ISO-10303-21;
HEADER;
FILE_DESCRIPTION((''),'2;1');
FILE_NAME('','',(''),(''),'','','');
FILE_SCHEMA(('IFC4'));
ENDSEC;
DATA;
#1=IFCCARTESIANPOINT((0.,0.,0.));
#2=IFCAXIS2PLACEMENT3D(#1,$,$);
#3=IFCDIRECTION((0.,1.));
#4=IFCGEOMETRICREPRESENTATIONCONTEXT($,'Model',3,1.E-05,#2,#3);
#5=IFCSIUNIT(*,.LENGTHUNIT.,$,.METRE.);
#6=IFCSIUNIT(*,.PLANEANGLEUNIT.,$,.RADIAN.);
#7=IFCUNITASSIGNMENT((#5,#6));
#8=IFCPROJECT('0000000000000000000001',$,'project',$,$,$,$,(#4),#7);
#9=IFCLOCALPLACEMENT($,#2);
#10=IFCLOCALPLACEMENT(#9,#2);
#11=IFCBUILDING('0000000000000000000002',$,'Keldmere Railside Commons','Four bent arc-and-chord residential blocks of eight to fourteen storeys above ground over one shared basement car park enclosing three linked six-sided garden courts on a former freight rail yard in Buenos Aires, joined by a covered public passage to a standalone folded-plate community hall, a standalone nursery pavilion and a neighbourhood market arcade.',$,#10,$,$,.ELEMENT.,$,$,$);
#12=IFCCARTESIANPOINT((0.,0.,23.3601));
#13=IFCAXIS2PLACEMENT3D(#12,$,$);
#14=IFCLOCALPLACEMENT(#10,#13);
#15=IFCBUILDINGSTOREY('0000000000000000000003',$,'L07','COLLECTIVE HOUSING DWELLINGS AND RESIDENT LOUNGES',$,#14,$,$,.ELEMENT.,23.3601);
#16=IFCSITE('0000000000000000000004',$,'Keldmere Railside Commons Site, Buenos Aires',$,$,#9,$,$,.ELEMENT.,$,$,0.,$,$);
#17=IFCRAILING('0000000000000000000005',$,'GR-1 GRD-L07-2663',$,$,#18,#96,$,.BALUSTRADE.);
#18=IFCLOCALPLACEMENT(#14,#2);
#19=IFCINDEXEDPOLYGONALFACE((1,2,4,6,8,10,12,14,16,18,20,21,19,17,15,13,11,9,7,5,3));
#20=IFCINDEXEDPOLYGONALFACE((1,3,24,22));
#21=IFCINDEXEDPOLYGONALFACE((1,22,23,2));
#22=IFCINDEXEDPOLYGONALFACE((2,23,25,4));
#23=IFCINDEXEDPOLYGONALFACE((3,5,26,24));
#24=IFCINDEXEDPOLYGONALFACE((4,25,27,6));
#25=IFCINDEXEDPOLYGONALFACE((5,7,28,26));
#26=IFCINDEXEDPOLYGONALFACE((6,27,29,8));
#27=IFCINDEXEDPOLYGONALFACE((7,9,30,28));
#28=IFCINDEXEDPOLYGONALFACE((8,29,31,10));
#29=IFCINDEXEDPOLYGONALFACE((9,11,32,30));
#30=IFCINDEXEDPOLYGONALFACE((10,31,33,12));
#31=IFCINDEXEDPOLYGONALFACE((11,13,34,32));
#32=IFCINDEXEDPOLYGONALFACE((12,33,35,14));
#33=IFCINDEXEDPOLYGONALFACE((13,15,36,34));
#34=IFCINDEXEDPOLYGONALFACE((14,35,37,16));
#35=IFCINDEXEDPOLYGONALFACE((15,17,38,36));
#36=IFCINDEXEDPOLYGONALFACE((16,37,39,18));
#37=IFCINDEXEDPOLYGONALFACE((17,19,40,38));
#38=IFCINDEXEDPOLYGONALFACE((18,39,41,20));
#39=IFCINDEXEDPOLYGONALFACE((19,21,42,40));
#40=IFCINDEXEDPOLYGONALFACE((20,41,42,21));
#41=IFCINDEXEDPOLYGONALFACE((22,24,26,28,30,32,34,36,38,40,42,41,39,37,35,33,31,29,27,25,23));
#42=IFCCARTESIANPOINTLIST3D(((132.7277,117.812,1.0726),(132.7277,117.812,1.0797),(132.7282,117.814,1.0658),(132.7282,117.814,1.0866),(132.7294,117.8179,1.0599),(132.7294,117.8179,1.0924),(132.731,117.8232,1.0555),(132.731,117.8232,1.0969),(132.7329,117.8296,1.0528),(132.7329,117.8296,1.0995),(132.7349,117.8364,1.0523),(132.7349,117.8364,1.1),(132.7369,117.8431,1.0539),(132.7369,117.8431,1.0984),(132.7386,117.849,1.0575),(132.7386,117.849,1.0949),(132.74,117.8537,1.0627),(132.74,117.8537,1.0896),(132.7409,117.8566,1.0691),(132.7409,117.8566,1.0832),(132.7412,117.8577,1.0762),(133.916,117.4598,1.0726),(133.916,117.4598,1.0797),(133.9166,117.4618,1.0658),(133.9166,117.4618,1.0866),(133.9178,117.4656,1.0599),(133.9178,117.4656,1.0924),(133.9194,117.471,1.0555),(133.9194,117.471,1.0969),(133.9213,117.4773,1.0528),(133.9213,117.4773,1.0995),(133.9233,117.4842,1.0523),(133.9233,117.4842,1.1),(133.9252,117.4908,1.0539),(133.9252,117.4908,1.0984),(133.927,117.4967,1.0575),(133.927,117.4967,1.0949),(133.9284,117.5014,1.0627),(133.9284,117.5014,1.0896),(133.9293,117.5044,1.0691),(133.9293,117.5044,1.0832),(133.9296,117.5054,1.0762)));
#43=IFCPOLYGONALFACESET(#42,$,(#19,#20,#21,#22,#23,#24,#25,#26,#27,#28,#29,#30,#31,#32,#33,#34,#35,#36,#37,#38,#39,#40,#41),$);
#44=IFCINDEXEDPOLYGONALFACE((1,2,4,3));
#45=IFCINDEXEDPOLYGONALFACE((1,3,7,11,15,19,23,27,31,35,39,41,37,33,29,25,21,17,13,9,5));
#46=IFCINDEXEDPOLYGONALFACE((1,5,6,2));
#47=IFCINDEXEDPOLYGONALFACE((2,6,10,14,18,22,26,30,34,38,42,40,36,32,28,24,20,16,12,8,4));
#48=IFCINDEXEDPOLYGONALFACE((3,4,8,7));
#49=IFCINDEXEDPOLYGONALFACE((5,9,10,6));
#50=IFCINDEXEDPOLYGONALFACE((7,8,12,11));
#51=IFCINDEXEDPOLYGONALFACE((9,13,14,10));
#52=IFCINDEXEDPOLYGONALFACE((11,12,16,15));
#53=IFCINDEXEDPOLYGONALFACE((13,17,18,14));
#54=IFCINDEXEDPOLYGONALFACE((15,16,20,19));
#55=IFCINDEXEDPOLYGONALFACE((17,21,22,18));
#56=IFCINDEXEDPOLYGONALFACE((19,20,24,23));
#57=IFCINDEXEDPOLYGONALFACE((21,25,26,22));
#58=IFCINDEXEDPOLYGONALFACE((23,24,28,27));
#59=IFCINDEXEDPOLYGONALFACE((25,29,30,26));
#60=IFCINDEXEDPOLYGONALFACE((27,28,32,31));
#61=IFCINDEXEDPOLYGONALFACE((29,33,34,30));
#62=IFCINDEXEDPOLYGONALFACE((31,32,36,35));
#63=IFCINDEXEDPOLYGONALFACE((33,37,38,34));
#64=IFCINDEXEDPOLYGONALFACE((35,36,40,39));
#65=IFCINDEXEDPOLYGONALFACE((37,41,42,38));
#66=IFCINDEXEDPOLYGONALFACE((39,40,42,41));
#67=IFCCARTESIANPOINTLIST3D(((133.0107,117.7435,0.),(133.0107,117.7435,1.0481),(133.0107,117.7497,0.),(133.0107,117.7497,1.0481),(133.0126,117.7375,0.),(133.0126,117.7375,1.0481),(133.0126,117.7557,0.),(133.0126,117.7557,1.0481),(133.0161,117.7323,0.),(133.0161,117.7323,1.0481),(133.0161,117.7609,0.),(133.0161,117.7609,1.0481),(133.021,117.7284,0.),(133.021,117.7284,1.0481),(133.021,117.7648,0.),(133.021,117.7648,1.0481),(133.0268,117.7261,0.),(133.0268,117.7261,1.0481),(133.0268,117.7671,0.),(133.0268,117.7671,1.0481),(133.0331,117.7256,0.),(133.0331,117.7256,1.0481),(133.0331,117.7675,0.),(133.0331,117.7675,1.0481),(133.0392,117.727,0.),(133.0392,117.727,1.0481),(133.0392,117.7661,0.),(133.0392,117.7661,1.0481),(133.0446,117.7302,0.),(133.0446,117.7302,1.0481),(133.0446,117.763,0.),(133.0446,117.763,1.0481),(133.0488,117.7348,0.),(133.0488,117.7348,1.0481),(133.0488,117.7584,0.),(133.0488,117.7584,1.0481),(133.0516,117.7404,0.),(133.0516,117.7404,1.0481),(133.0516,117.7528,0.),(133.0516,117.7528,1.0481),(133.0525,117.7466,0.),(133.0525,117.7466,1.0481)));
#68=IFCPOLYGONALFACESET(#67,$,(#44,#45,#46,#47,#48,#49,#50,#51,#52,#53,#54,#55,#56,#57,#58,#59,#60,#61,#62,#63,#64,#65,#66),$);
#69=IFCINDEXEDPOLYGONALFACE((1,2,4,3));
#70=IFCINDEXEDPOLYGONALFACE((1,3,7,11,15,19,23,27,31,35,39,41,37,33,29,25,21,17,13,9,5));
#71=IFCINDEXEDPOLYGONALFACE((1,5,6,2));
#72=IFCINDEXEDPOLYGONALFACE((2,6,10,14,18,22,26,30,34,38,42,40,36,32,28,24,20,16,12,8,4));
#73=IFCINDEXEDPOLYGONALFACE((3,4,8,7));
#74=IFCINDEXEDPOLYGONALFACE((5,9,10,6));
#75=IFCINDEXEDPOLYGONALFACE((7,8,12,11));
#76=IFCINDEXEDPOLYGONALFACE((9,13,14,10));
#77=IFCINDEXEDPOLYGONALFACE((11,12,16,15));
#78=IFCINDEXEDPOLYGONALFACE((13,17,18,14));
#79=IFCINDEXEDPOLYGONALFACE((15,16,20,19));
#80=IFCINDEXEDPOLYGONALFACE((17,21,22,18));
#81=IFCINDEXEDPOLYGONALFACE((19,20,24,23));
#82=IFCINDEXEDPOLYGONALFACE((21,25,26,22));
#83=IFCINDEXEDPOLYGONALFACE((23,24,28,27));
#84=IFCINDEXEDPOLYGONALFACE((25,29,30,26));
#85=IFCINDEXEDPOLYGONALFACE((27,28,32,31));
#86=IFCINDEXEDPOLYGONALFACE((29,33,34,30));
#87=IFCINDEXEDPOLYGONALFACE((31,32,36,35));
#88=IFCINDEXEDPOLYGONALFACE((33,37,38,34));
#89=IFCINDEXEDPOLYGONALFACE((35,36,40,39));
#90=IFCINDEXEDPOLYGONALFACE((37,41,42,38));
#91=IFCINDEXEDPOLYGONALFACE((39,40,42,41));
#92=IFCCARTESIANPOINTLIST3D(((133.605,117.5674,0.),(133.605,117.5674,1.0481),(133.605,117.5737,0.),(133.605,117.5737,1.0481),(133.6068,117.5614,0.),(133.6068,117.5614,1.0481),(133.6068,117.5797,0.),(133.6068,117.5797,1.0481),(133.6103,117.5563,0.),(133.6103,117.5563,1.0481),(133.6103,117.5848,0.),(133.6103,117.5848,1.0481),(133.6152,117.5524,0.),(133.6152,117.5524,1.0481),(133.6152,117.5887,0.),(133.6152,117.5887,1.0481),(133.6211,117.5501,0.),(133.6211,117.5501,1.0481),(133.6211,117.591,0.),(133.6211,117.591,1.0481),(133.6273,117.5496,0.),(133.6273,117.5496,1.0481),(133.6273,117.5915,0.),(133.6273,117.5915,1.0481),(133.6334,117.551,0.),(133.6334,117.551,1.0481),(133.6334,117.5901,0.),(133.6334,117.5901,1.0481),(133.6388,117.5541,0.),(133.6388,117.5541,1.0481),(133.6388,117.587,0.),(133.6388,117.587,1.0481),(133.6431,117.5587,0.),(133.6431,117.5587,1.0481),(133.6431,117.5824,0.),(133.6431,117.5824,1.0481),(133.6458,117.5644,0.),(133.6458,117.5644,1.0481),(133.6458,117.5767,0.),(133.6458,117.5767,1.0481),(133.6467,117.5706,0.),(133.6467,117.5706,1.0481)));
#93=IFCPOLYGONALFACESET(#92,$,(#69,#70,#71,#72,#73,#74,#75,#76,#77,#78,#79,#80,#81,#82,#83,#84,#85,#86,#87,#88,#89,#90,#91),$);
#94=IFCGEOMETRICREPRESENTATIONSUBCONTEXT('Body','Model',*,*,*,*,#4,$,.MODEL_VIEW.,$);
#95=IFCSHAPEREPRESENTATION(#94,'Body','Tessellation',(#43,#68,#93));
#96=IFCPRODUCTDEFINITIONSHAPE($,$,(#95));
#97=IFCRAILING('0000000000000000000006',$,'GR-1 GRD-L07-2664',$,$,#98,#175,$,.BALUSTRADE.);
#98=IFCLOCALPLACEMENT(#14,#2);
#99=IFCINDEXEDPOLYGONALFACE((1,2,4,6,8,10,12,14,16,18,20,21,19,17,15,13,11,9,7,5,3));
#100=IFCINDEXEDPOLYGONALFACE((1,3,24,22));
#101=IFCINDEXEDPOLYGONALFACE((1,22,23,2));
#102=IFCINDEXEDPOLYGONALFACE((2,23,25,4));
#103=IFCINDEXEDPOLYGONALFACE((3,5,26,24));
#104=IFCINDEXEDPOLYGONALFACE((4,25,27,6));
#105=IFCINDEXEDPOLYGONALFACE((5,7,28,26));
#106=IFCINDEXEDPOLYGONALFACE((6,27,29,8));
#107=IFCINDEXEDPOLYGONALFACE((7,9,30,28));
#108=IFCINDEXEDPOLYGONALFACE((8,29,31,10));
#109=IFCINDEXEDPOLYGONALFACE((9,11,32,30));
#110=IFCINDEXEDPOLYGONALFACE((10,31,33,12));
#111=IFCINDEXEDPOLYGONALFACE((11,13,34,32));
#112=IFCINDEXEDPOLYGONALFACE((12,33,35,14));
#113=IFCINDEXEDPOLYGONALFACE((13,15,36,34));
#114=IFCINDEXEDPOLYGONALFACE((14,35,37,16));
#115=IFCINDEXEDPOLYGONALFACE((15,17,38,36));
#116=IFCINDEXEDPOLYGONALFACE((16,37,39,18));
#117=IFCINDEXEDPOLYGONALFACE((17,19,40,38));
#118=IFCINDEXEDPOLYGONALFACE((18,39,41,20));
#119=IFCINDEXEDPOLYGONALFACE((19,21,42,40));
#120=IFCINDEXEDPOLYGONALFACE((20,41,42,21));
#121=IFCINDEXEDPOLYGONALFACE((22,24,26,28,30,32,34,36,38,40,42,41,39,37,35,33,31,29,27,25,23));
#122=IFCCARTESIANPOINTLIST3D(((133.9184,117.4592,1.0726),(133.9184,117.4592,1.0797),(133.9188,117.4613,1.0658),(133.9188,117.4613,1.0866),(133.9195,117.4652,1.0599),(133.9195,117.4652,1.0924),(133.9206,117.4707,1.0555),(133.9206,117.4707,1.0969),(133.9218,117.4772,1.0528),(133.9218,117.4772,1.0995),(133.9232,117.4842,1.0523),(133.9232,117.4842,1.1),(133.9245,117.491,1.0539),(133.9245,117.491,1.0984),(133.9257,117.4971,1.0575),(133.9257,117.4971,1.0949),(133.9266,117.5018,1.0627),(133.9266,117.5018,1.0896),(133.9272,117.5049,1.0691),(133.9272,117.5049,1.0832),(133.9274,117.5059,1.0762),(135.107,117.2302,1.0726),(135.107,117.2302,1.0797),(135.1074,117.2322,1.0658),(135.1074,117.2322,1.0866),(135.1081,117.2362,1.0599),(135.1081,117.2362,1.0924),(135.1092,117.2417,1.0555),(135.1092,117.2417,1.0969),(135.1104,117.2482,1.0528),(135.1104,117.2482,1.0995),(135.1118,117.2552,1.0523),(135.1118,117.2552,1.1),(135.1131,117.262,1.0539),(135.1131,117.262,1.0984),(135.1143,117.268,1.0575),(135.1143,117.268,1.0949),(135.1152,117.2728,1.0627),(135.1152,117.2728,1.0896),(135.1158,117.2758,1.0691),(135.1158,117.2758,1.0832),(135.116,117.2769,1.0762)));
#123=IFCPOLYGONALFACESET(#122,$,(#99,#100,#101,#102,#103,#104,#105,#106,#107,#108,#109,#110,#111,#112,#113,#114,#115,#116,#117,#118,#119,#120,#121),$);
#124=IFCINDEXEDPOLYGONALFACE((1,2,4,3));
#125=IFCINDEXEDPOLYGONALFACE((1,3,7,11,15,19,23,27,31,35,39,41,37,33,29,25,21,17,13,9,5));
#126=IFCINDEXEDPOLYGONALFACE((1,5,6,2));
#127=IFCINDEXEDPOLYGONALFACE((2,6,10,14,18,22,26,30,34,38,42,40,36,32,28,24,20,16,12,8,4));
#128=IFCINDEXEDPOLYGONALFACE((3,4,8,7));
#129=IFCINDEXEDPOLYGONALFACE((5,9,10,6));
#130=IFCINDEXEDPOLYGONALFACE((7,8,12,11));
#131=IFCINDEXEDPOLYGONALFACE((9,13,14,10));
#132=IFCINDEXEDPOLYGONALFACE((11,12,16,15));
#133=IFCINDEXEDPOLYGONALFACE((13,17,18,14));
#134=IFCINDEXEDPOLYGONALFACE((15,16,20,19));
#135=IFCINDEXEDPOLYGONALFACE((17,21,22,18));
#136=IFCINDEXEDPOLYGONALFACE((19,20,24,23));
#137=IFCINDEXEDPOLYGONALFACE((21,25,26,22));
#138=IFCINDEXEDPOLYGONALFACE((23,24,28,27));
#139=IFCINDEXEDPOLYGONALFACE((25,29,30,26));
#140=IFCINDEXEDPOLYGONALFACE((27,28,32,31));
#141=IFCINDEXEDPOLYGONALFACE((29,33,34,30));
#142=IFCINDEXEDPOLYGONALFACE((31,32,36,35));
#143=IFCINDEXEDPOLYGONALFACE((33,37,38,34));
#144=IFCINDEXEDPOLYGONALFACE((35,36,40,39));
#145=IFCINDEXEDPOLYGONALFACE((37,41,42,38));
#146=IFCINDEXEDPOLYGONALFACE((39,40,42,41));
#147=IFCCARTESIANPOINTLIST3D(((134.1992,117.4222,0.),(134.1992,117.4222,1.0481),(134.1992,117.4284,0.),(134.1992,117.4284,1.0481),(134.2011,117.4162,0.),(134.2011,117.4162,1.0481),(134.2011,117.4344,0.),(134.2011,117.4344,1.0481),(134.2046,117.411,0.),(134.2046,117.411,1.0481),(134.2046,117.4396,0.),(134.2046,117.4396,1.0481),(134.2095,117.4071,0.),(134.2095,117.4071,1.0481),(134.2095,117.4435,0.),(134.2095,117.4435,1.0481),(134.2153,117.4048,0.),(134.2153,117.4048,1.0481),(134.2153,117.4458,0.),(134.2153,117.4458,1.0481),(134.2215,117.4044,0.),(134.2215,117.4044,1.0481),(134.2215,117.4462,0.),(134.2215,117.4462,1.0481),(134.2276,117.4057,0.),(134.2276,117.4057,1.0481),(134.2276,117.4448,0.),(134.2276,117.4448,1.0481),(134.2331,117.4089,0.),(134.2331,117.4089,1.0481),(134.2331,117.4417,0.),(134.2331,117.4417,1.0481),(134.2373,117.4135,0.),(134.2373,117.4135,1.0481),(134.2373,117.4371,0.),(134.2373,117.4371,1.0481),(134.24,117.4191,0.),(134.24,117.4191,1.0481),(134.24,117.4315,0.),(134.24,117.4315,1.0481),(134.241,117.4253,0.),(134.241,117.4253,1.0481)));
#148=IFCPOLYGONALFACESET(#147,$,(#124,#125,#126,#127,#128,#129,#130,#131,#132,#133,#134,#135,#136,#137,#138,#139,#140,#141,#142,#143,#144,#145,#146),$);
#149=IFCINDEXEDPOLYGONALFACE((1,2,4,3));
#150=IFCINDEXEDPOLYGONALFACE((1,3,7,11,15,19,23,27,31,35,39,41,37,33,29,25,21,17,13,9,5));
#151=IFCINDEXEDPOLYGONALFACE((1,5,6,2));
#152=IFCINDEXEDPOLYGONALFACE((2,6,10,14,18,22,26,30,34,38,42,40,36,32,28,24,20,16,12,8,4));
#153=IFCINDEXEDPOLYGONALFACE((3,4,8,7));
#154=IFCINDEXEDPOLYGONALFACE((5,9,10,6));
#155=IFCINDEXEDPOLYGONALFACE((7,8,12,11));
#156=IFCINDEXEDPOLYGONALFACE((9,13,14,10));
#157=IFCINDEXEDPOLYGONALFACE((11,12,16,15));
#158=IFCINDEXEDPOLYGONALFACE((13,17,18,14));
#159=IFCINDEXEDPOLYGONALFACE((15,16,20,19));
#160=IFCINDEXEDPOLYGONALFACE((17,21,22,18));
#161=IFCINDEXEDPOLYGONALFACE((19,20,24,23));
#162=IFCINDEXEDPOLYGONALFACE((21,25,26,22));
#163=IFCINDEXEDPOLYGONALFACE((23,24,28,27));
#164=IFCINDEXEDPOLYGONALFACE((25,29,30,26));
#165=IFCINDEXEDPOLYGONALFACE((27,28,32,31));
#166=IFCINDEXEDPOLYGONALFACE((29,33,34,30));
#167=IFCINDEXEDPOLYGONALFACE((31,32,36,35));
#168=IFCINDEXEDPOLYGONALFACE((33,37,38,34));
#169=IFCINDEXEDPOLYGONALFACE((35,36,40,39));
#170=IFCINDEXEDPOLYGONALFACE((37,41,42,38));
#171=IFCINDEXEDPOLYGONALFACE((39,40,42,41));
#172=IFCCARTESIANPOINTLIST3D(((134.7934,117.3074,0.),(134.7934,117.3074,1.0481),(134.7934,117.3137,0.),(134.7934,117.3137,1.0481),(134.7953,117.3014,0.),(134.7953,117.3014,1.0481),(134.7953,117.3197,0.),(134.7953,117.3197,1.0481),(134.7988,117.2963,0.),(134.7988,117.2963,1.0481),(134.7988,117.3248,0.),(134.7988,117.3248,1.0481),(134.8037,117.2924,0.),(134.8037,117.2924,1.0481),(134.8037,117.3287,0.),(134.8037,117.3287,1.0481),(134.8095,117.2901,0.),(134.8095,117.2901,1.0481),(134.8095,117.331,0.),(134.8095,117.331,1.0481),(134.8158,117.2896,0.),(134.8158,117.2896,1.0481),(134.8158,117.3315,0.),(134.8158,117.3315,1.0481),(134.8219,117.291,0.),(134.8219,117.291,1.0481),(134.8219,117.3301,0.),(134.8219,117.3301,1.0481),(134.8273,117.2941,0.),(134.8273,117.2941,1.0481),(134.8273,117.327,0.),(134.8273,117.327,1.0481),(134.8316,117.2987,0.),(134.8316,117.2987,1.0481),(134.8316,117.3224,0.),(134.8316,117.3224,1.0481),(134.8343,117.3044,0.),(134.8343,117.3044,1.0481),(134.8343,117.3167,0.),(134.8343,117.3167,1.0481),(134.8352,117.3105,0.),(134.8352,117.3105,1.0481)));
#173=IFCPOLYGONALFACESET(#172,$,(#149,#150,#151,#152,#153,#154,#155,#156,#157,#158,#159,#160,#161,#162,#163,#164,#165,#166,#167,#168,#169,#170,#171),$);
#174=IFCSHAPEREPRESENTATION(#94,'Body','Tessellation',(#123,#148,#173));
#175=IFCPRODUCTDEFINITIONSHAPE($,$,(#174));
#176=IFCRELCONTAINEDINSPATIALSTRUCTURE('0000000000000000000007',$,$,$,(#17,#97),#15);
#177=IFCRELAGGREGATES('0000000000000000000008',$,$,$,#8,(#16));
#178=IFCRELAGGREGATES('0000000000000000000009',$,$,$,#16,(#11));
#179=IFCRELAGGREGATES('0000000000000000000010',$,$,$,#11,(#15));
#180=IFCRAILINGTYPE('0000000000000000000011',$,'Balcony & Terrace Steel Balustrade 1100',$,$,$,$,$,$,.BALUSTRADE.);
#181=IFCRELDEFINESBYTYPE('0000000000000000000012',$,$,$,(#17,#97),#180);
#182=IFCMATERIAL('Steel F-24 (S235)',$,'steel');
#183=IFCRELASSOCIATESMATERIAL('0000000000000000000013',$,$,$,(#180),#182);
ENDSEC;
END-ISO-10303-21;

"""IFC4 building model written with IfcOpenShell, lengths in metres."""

from ifc_helpers import new_model, si_unit, direction, frame, origin, origin_2d, place, context, subcontext, project, spatial, circle, extrude, material, type_object, element, save


model = new_model("IFC4")

# Units and contexts
model_context = context("Model", 3, precision=1e-05, world=origin(), true_north=direction((0.0, 1.0)))
body_context = subcontext(model_context, "Body", "Model", "MODEL_VIEW")
ifc_project = project(units=[si_unit("LENGTHUNIT", "METRE"), si_unit("PLANEANGLEUNIT", "RADIAN")], contexts=[model_context])

# Site, building, storey
site_placement = place(None, origin())
site = spatial("IfcSite", under=ifc_project, at=site_placement, Name="Keldmere Railside Commons Site, Buenos Aires", CompositionType="ELEMENT", RefElevation=0.0)
building_placement = place(site_placement, origin())
building = spatial("IfcBuilding", under=site, at=building_placement, Name="Keldmere Railside Commons", Description="Four bent arc-and-chord residential blocks of eight to fourteen storeys above ground over one shared basement car park enclosing three linked six-sided garden courts on a former freight rail yard in Buenos Aires, joined by a covered public passage to a standalone folded-plate community hall, a standalone nursery pavilion and a neighbourhood market arcade.", CompositionType="ELEMENT")
storey_placement = place(building_placement, frame((0.0, 0.0, 23.3601)))
storey = spatial("IfcBuildingStorey", under=building, at=storey_placement, Name="L07", Description="COLLECTIVE HOUSING DWELLINGS AND RESIDENT LOUNGES", CompositionType="ELEMENT", Elevation=23.3601)

# Railings
ifc_material_1 = material(Name="Steel F-24 (S235)", Category="steel")
railing_type = type_object("IfcRailingType", Name="Balcony & Terrace Steel Balustrade 1100", PredefinedType="BALUSTRADE", material=ifc_material_1)
railing_1_placement = place(storey_placement, frame((132.7344, 117.8347, 0.0)))
element("IfcRailing", 1, at=railing_1_placement, inside=storey, type_object=railing_type, Name="GR-1 GRD-L07-2663", PredefinedType="BALUSTRADE", context=body_context, shape_type="SweptSolid", body=[
    extrude(circle(Radius=0.0239, at=origin_2d()), frame((0.0, 0.0, 1.0762), z_axis=(0.958764, -0.284202, 0.0), x_axis=(0.284202, 0.958764, 0.0)), (0.0, 0.0, 1.0), 1.2395),
    extrude(circle(Radius=0.021, at=origin_2d()), frame((0.2971, -0.0881, 0.0)), (0.0, 0.0, 1.0), 1.0481),
    extrude(circle(Radius=0.021, at=origin_2d()), frame((0.8914, -0.2642, 0.0)), (0.0, 0.0, 1.0), 1.0481),
])
railing_2_placement = place(storey_placement, frame((133.9229, 117.4824, 0.0)))
element("IfcRailing", 2, at=railing_2_placement, inside=storey, type_object=railing_type, Name="GR-1 GRD-L07-2664", PredefinedType="BALUSTRADE", context=body_context, shape_type="SweptSolid", body=[
    extrude(circle(Radius=0.0239, at=origin_2d()), frame((0.0, 0.0, 1.0762), z_axis=(0.981937, -0.189206, 0.0), x_axis=(0.189206, 0.981937, 0.0)), (0.0, 0.0, 1.0), 1.2104),
    extrude(circle(Radius=0.021, at=origin_2d()), frame((0.2971, -0.0571, 0.0)), (0.0, 0.0, 1.0), 1.0481),
    extrude(circle(Radius=0.021, at=origin_2d()), frame((0.8914, -0.1719, 0.0)), (0.0, 0.0, 1.0), 1.0481),
])

save(model, "model.ifc")
